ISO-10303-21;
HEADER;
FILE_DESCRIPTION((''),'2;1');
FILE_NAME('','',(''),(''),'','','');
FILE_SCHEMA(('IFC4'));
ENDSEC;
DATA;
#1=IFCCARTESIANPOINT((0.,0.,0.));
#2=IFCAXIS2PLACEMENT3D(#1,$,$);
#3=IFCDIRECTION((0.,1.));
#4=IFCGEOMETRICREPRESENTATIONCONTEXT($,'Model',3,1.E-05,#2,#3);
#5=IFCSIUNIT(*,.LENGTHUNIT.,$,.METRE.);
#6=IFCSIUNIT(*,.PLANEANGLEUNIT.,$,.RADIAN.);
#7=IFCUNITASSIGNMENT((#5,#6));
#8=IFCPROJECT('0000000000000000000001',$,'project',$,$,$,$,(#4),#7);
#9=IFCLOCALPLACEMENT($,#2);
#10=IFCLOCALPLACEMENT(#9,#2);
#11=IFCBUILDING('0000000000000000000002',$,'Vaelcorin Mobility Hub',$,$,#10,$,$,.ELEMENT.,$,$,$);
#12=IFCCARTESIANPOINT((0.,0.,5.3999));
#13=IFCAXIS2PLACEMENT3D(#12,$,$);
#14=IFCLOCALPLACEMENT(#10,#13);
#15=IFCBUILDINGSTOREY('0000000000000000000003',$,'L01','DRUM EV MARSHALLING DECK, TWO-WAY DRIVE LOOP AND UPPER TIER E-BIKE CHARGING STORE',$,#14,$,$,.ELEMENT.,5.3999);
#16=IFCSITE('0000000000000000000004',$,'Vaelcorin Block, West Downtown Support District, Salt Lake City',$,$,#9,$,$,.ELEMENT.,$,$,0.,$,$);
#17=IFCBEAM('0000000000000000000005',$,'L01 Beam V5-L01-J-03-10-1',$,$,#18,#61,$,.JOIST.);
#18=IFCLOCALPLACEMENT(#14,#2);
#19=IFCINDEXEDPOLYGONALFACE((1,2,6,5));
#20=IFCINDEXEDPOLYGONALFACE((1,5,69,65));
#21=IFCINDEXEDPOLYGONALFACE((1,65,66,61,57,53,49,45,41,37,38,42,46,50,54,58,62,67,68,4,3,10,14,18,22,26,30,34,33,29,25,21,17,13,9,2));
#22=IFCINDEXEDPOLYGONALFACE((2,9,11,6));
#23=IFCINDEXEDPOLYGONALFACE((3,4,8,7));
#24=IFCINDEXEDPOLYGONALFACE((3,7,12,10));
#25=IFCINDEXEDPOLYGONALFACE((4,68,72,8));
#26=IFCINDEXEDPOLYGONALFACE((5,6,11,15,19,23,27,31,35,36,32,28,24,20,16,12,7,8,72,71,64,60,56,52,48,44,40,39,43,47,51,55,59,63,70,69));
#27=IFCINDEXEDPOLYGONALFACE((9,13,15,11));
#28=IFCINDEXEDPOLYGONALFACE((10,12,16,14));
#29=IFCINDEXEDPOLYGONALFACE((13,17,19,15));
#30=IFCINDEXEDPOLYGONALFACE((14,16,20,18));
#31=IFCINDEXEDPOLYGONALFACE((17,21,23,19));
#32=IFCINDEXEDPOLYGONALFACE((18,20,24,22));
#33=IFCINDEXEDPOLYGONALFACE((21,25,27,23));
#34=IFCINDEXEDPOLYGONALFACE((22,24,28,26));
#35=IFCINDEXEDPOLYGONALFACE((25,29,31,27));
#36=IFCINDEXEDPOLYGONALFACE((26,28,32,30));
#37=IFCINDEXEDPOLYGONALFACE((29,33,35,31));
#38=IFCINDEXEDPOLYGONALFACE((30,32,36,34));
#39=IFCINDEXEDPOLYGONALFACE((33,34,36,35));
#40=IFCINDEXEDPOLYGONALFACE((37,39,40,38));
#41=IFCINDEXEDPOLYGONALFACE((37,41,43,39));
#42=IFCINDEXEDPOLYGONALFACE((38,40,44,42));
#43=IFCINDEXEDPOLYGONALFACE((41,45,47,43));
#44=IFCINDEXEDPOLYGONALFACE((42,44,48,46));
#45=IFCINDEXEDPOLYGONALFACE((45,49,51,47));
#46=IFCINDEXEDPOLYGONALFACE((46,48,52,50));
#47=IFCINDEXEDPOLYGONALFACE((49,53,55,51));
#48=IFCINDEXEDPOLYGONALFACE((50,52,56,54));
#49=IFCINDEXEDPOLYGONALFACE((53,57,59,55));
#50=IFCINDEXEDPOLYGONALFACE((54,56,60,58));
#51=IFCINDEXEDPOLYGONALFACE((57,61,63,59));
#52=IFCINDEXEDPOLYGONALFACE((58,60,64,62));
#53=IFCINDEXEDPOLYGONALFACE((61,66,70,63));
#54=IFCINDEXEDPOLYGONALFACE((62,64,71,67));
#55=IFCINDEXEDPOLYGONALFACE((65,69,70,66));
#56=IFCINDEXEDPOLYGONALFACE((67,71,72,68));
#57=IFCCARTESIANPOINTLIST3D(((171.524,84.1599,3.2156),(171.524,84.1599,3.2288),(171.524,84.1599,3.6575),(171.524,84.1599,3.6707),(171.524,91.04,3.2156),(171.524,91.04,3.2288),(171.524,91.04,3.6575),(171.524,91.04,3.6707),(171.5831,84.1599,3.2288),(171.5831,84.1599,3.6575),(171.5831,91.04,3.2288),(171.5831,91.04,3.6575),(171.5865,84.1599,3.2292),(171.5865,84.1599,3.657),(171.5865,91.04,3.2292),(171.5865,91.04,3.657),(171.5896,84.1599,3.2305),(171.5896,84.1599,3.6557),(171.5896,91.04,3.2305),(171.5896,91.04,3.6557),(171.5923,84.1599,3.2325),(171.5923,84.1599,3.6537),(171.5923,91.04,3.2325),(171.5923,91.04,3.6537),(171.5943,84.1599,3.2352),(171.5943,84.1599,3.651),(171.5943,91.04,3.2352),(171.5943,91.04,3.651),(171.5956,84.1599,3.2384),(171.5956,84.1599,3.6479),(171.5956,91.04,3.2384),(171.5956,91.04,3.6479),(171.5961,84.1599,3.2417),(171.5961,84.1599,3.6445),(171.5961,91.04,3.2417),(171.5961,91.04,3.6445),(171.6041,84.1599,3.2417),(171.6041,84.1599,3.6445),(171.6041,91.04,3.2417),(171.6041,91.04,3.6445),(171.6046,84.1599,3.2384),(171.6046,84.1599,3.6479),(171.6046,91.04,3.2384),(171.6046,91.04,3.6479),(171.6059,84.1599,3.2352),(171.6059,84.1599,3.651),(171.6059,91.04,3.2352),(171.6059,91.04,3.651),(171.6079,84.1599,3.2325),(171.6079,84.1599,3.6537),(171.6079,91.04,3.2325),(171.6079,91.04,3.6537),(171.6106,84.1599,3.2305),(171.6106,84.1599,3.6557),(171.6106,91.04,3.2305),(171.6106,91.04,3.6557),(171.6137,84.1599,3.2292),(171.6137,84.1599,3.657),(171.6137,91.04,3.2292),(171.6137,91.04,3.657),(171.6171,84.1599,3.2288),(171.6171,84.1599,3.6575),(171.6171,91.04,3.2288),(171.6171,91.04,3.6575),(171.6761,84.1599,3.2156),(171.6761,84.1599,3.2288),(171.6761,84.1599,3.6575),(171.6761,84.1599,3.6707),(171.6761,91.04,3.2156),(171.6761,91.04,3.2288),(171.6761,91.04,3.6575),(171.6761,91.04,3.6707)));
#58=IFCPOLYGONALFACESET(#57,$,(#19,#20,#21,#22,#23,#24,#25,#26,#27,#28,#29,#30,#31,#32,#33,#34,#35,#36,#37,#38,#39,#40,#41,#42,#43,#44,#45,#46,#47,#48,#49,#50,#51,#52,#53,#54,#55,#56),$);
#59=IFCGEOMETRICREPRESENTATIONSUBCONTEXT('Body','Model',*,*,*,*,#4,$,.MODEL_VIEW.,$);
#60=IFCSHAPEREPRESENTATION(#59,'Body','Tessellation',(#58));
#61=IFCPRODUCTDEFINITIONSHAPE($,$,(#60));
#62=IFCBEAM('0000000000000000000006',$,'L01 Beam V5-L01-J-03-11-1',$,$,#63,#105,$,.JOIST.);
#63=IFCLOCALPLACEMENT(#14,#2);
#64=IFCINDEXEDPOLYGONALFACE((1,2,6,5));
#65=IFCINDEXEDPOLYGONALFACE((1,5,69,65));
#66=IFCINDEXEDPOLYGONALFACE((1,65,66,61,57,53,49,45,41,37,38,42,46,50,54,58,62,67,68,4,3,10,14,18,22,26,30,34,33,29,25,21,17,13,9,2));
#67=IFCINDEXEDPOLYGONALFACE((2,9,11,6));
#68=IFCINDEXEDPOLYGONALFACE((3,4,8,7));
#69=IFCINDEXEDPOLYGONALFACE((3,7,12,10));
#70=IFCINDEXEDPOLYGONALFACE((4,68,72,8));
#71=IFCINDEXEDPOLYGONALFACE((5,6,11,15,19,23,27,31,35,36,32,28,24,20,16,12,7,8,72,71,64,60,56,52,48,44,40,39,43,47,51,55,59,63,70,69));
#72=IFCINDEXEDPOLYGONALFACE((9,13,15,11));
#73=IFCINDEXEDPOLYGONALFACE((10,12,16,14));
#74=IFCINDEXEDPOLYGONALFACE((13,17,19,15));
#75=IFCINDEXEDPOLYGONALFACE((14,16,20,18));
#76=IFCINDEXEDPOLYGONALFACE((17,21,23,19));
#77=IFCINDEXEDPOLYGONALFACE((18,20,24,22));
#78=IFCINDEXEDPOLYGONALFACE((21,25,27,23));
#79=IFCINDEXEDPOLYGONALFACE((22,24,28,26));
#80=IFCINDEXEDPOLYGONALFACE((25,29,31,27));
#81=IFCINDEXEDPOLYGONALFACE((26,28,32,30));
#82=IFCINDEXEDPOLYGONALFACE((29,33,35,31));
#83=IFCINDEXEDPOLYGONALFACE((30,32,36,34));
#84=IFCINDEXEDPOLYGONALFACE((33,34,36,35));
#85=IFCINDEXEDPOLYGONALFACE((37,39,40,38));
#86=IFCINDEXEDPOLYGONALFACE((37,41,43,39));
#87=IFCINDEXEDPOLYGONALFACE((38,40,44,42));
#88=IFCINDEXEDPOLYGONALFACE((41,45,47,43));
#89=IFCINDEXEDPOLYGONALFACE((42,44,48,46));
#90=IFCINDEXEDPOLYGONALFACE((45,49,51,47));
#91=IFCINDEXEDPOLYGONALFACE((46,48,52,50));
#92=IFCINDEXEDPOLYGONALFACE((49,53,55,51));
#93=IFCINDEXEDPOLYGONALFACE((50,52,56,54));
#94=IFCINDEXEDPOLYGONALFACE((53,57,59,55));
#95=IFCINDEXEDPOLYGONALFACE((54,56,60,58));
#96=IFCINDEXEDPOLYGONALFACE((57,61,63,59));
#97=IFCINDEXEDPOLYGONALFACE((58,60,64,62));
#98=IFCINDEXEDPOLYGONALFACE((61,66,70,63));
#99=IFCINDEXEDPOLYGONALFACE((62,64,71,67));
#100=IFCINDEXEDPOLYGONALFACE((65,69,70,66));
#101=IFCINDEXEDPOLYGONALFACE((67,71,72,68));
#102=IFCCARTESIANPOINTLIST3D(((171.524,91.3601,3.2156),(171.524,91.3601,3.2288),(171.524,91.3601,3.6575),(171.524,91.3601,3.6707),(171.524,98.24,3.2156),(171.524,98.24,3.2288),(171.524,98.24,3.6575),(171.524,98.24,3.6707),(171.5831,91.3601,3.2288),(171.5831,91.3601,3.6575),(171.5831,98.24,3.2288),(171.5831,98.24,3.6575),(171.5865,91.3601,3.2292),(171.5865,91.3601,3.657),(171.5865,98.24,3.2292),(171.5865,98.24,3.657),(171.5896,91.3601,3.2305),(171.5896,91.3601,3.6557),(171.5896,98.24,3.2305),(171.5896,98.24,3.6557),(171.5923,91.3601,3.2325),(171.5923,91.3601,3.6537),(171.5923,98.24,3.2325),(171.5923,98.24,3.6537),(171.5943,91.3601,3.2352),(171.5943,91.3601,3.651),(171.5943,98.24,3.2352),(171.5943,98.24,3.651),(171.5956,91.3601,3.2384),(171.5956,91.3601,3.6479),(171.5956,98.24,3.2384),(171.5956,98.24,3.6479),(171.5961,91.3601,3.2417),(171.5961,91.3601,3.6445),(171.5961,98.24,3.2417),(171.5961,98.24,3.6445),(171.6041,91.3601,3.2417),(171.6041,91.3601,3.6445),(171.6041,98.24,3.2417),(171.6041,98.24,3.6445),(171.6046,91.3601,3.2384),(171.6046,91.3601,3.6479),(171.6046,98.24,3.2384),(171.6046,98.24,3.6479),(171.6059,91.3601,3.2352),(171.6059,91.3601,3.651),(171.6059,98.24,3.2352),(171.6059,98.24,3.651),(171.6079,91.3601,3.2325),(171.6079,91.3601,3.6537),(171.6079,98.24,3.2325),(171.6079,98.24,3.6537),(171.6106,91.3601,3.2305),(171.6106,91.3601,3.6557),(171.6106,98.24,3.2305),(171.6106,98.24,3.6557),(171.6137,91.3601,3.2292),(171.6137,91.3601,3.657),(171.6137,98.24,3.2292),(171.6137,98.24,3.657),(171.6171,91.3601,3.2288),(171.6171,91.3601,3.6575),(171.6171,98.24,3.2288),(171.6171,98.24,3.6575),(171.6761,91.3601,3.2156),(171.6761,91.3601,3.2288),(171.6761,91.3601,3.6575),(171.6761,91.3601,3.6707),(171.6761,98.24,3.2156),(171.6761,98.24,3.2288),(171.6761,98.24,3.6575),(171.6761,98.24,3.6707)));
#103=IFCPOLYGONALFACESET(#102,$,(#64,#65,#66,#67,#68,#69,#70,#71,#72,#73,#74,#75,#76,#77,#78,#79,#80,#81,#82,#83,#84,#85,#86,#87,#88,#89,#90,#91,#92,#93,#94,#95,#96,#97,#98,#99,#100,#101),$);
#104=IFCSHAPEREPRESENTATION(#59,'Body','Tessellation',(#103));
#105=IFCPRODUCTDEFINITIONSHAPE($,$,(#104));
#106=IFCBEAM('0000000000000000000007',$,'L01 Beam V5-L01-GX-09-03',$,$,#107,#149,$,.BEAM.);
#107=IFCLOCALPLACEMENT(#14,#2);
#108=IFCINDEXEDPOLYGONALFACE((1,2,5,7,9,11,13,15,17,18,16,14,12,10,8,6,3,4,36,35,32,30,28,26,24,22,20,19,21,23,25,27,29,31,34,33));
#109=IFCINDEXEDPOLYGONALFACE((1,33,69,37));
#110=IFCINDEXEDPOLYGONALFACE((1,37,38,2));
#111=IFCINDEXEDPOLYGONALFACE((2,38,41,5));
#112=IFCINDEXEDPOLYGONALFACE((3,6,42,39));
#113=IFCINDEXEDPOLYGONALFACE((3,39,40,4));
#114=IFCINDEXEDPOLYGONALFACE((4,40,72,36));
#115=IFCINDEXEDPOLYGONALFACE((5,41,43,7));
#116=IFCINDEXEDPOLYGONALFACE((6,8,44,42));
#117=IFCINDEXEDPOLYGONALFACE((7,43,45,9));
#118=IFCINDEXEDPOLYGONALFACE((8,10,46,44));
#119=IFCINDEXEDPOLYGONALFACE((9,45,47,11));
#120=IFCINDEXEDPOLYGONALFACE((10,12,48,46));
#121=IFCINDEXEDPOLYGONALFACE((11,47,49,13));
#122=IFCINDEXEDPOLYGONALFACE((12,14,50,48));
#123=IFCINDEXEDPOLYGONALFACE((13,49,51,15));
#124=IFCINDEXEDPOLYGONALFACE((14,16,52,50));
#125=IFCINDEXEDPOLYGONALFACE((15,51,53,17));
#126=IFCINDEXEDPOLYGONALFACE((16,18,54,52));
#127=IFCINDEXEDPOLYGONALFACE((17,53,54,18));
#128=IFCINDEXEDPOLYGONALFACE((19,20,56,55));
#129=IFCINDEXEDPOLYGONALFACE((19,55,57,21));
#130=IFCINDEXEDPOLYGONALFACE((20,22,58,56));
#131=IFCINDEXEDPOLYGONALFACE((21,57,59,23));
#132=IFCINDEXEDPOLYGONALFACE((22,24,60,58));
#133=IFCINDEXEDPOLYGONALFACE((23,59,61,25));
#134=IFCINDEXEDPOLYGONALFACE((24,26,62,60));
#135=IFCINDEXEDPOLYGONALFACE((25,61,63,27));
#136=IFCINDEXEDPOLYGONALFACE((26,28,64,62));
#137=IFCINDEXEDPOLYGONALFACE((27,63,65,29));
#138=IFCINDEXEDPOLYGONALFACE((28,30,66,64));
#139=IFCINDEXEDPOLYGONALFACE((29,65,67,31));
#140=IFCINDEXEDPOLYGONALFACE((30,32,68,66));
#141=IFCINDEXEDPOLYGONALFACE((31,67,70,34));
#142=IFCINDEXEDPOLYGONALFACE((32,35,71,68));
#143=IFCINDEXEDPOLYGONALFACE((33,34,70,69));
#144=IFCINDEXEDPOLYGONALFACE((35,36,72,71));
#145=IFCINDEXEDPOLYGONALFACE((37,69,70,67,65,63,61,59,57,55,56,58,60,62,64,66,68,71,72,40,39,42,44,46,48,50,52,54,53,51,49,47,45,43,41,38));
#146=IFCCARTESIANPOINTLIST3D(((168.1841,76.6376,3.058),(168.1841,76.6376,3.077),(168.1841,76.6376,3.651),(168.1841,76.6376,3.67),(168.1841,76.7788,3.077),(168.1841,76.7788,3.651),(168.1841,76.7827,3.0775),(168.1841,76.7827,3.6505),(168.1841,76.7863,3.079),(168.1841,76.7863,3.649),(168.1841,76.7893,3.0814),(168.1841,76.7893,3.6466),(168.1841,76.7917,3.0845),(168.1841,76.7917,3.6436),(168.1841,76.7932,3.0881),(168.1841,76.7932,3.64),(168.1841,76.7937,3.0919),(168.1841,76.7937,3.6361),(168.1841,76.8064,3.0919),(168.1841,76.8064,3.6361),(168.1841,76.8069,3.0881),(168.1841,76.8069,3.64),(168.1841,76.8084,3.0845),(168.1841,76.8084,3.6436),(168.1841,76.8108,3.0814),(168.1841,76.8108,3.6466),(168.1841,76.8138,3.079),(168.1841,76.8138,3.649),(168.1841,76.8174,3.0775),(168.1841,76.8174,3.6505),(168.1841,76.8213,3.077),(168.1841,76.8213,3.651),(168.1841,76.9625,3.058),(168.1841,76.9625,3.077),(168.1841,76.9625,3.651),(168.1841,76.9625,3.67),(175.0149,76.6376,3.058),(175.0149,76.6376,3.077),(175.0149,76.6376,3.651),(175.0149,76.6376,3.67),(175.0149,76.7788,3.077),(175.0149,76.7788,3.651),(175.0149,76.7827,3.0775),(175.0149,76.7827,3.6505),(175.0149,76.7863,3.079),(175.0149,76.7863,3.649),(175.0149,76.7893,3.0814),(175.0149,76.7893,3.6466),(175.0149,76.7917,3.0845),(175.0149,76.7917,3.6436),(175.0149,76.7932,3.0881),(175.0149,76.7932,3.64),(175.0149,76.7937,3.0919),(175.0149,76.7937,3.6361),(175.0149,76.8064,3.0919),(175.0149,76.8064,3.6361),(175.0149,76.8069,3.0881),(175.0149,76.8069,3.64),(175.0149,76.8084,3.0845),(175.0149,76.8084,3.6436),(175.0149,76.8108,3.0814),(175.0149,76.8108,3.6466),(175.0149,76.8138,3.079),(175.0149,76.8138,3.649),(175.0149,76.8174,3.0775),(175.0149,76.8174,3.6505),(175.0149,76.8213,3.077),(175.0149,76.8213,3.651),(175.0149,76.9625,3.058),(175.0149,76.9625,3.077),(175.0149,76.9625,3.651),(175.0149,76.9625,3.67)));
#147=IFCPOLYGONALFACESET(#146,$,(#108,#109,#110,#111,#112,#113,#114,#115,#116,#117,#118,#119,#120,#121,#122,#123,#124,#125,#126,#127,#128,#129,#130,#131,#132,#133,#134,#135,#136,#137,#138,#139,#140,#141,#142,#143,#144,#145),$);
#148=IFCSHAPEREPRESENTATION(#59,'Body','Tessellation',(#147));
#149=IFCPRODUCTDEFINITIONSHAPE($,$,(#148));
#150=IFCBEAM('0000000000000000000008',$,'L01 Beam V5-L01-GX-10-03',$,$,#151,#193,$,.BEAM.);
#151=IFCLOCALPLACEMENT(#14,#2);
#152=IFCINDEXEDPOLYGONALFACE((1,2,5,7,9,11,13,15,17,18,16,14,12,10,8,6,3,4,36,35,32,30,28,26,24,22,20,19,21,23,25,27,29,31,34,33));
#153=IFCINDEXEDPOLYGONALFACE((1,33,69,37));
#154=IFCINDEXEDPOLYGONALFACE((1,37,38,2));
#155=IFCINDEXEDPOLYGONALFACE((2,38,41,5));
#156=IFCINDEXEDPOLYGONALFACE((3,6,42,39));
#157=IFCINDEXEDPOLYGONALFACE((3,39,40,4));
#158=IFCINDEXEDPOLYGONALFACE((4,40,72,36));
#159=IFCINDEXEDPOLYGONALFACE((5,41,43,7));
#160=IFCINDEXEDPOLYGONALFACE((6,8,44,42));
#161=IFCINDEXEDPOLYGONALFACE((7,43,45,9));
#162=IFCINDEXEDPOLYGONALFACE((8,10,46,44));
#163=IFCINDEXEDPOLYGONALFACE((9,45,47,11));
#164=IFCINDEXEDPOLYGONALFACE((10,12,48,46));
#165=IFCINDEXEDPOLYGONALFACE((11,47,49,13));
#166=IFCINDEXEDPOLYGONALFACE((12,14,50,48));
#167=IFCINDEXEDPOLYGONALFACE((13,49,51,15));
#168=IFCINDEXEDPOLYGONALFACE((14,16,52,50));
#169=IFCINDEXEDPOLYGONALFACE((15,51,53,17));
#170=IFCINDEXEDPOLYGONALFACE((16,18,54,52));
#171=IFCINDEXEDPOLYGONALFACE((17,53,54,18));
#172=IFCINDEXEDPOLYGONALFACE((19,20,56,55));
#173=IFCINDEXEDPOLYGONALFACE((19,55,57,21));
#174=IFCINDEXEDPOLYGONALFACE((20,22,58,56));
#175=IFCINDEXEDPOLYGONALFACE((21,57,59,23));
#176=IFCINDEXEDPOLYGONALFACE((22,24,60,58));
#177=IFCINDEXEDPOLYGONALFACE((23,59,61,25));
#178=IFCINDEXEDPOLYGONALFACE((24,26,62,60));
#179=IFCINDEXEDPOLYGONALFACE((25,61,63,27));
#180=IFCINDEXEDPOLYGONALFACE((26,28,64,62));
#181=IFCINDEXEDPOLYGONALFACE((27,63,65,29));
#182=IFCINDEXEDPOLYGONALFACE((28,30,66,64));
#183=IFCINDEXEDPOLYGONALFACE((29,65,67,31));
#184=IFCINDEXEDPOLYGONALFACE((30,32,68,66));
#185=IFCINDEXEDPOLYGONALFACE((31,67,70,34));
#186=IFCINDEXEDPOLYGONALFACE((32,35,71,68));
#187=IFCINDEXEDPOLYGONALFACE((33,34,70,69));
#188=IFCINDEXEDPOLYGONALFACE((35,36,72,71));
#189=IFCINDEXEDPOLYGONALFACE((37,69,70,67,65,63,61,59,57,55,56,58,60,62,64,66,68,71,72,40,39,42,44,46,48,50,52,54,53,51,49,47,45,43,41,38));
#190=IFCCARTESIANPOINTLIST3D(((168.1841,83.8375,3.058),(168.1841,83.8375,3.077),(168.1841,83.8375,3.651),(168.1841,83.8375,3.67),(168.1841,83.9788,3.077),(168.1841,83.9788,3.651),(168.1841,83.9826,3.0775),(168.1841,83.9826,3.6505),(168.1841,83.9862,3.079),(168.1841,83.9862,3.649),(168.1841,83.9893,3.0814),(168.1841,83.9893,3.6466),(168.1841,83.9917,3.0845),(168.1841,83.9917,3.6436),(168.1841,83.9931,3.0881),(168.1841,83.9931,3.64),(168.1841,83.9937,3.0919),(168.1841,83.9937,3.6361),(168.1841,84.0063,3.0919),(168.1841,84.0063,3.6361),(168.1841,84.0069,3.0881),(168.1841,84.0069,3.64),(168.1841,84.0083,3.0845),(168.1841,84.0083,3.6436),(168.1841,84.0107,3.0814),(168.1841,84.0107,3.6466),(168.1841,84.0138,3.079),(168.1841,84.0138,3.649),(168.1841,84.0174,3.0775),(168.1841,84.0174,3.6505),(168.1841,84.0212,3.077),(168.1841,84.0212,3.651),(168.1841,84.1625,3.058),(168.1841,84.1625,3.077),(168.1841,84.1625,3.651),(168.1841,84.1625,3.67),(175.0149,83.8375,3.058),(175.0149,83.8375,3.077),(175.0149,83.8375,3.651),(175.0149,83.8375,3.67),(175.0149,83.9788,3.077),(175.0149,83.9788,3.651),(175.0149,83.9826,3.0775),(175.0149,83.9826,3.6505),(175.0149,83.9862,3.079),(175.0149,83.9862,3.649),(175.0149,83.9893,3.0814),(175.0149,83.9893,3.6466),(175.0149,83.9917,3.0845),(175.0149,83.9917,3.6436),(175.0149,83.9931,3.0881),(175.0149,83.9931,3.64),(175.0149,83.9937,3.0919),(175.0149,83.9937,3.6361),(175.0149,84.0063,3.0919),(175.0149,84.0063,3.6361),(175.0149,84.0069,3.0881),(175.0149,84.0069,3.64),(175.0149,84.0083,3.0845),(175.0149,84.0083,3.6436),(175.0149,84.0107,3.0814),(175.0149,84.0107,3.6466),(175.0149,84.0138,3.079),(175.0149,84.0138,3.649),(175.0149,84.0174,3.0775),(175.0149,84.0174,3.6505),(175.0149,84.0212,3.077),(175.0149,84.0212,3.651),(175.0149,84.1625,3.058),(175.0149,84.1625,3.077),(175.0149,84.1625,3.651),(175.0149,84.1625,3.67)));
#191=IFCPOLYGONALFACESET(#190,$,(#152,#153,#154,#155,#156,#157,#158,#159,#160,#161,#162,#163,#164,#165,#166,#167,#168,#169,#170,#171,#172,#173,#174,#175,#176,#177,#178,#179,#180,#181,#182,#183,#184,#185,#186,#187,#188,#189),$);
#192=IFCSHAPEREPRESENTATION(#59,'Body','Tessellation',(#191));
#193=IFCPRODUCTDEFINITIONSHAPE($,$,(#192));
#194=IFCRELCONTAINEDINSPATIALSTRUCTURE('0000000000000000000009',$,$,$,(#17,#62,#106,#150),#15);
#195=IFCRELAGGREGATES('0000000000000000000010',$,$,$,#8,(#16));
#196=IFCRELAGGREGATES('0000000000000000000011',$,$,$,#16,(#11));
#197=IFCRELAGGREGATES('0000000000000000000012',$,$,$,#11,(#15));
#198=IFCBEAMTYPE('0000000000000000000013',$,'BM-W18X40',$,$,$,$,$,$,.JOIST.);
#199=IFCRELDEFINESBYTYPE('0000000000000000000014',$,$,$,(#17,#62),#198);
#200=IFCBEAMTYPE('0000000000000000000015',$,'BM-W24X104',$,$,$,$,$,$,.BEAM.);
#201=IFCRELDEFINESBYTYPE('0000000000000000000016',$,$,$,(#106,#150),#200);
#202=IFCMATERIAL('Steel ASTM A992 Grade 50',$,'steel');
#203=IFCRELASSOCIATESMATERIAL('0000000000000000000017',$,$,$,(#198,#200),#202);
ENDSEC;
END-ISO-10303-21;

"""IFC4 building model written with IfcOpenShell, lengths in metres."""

from ifc_helpers import new_model, si_unit, direction, frame, origin, origin_2d, place, context, subcontext, project, spatial, i_section, extrude, material, material_profile, profile_set, type_object, element, save


model = new_model("IFC4")

# Units and contexts
model_context = context("Model", 3, precision=1e-05, world=origin(), true_north=direction((0.0, 1.0)))
body_context = subcontext(model_context, "Body", "Model", "MODEL_VIEW")
ifc_project = project(units=[si_unit("LENGTHUNIT", "METRE"), si_unit("PLANEANGLEUNIT", "RADIAN")], contexts=[model_context])

# Site, building, storey
site_placement = place(None, origin())
site = spatial("IfcSite", under=ifc_project, at=site_placement, Name="Vaelcorin Block, West Downtown Support District, Salt Lake City", CompositionType="ELEMENT", RefElevation=0.0)
building_placement = place(site_placement, origin())
building = spatial("IfcBuilding", under=site, at=building_placement, Name="Vaelcorin Mobility Hub", CompositionType="ELEMENT")
storey_placement = place(building_placement, frame((0.0, 0.0, 5.3999)))
storey = spatial("IfcBuildingStorey", under=building, at=storey_placement, Name="L01", Description="DRUM EV MARSHALLING DECK, TWO-WAY DRIVE LOOP AND UPPER TIER E-BIKE CHARGING STORE", CompositionType="ELEMENT", Elevation=5.3999)

# Shared definitions
ifc_material_1 = material(Name="Steel ASTM A992 Grade 50", Category="steel")

# Beams
ifc_material_profile_1 = material_profile(ifc_material_1, i_section(OverallWidth=0.1521, OverallDepth=0.4551, WebThickness=0.0081, FlangeThickness=0.0132, FilletRadius=0.0129, at=origin_2d()), Name="W18X40")
ifc_profile_set_1 = profile_set([ifc_material_profile_1], Name="Steel ASTM A992 Grade 50")
beam_type_1 = type_object("IfcBeamType", Name="BM-W18X40", PredefinedType="JOIST", material=ifc_profile_set_1)
for number, where, z_axis, x_axis, name in (
    (1, (171.6001, 84.1599, 3.4431), (0.0, 1.0, 0.0), (-1.0, 0.0, 0.0), "L01 Beam V5-L01-J-03-10-1"),
):
    element("IfcBeam", number, at=place(storey_placement, frame(where, z_axis=z_axis, x_axis=x_axis)), inside=storey, type_object=beam_type_1, Name=name, PredefinedType="JOIST", context=body_context, shape_type="SweptSolid", body=[
        extrude(i_section(OverallWidth=0.1521, OverallDepth=0.4551, WebThickness=0.0081, FlangeThickness=0.0132, FilletRadius=0.0129, at=origin_2d()), origin(), (0.0, 0.0, 1.0), 6.8801),
    ])
beam_1_placement = place(storey_placement, frame((171.6001, 91.3601, 3.4431), z_axis=(0.0, 1.0, 0.0), x_axis=(-1.0, 0.0, 0.0)))
element("IfcBeam", 2, at=beam_1_placement, inside=storey, type_object=beam_type_1, Name="L01 Beam V5-L01-J-03-11-1", PredefinedType="JOIST", context=body_context, shape_type="SweptSolid", body=[
    extrude(i_section(OverallWidth=0.1521, OverallDepth=0.4551, WebThickness=0.0081, FlangeThickness=0.0132, FilletRadius=0.0129, at=origin_2d()), origin(), (0.0, 0.0, 1.0), 6.8799),
])
ifc_material_profile_2 = material_profile(ifc_material_1, i_section(OverallWidth=0.325, OverallDepth=0.6121, WebThickness=0.0127, FlangeThickness=0.019, FilletRadius=0.0149, at=origin_2d()), Name="W24X104")
ifc_profile_set_2 = profile_set([ifc_material_profile_2], Name="Steel ASTM A992 Grade 50")
beam_type_2 = type_object("IfcBeamType", Name="BM-W24X104", PredefinedType="BEAM", material=ifc_profile_set_2)
for number, where, z_axis, x_axis, name in (
    (3, (168.1841, 76.8, 3.364), (1.0, 0.0, 0.0), (0.0, 1.0, 0.0), "L01 Beam V5-L01-GX-09-03"),
    (4, (168.1841, 84.0, 3.364), (1.0, 0.0, 0.0), (0.0, 1.0, 0.0), "L01 Beam V5-L01-GX-10-03"),
):
    element("IfcBeam", number, at=place(storey_placement, frame(where, z_axis=z_axis, x_axis=x_axis)), inside=storey, type_object=beam_type_2, Name=name, PredefinedType="BEAM", context=body_context, shape_type="SweptSolid", body=[
        extrude(i_section(OverallWidth=0.325, OverallDepth=0.6121, WebThickness=0.0127, FlangeThickness=0.019, FilletRadius=0.0149, at=origin_2d()), origin(), (0.0, 0.0, 1.0), 6.8308),
    ])

save(model, "model.ifc")
